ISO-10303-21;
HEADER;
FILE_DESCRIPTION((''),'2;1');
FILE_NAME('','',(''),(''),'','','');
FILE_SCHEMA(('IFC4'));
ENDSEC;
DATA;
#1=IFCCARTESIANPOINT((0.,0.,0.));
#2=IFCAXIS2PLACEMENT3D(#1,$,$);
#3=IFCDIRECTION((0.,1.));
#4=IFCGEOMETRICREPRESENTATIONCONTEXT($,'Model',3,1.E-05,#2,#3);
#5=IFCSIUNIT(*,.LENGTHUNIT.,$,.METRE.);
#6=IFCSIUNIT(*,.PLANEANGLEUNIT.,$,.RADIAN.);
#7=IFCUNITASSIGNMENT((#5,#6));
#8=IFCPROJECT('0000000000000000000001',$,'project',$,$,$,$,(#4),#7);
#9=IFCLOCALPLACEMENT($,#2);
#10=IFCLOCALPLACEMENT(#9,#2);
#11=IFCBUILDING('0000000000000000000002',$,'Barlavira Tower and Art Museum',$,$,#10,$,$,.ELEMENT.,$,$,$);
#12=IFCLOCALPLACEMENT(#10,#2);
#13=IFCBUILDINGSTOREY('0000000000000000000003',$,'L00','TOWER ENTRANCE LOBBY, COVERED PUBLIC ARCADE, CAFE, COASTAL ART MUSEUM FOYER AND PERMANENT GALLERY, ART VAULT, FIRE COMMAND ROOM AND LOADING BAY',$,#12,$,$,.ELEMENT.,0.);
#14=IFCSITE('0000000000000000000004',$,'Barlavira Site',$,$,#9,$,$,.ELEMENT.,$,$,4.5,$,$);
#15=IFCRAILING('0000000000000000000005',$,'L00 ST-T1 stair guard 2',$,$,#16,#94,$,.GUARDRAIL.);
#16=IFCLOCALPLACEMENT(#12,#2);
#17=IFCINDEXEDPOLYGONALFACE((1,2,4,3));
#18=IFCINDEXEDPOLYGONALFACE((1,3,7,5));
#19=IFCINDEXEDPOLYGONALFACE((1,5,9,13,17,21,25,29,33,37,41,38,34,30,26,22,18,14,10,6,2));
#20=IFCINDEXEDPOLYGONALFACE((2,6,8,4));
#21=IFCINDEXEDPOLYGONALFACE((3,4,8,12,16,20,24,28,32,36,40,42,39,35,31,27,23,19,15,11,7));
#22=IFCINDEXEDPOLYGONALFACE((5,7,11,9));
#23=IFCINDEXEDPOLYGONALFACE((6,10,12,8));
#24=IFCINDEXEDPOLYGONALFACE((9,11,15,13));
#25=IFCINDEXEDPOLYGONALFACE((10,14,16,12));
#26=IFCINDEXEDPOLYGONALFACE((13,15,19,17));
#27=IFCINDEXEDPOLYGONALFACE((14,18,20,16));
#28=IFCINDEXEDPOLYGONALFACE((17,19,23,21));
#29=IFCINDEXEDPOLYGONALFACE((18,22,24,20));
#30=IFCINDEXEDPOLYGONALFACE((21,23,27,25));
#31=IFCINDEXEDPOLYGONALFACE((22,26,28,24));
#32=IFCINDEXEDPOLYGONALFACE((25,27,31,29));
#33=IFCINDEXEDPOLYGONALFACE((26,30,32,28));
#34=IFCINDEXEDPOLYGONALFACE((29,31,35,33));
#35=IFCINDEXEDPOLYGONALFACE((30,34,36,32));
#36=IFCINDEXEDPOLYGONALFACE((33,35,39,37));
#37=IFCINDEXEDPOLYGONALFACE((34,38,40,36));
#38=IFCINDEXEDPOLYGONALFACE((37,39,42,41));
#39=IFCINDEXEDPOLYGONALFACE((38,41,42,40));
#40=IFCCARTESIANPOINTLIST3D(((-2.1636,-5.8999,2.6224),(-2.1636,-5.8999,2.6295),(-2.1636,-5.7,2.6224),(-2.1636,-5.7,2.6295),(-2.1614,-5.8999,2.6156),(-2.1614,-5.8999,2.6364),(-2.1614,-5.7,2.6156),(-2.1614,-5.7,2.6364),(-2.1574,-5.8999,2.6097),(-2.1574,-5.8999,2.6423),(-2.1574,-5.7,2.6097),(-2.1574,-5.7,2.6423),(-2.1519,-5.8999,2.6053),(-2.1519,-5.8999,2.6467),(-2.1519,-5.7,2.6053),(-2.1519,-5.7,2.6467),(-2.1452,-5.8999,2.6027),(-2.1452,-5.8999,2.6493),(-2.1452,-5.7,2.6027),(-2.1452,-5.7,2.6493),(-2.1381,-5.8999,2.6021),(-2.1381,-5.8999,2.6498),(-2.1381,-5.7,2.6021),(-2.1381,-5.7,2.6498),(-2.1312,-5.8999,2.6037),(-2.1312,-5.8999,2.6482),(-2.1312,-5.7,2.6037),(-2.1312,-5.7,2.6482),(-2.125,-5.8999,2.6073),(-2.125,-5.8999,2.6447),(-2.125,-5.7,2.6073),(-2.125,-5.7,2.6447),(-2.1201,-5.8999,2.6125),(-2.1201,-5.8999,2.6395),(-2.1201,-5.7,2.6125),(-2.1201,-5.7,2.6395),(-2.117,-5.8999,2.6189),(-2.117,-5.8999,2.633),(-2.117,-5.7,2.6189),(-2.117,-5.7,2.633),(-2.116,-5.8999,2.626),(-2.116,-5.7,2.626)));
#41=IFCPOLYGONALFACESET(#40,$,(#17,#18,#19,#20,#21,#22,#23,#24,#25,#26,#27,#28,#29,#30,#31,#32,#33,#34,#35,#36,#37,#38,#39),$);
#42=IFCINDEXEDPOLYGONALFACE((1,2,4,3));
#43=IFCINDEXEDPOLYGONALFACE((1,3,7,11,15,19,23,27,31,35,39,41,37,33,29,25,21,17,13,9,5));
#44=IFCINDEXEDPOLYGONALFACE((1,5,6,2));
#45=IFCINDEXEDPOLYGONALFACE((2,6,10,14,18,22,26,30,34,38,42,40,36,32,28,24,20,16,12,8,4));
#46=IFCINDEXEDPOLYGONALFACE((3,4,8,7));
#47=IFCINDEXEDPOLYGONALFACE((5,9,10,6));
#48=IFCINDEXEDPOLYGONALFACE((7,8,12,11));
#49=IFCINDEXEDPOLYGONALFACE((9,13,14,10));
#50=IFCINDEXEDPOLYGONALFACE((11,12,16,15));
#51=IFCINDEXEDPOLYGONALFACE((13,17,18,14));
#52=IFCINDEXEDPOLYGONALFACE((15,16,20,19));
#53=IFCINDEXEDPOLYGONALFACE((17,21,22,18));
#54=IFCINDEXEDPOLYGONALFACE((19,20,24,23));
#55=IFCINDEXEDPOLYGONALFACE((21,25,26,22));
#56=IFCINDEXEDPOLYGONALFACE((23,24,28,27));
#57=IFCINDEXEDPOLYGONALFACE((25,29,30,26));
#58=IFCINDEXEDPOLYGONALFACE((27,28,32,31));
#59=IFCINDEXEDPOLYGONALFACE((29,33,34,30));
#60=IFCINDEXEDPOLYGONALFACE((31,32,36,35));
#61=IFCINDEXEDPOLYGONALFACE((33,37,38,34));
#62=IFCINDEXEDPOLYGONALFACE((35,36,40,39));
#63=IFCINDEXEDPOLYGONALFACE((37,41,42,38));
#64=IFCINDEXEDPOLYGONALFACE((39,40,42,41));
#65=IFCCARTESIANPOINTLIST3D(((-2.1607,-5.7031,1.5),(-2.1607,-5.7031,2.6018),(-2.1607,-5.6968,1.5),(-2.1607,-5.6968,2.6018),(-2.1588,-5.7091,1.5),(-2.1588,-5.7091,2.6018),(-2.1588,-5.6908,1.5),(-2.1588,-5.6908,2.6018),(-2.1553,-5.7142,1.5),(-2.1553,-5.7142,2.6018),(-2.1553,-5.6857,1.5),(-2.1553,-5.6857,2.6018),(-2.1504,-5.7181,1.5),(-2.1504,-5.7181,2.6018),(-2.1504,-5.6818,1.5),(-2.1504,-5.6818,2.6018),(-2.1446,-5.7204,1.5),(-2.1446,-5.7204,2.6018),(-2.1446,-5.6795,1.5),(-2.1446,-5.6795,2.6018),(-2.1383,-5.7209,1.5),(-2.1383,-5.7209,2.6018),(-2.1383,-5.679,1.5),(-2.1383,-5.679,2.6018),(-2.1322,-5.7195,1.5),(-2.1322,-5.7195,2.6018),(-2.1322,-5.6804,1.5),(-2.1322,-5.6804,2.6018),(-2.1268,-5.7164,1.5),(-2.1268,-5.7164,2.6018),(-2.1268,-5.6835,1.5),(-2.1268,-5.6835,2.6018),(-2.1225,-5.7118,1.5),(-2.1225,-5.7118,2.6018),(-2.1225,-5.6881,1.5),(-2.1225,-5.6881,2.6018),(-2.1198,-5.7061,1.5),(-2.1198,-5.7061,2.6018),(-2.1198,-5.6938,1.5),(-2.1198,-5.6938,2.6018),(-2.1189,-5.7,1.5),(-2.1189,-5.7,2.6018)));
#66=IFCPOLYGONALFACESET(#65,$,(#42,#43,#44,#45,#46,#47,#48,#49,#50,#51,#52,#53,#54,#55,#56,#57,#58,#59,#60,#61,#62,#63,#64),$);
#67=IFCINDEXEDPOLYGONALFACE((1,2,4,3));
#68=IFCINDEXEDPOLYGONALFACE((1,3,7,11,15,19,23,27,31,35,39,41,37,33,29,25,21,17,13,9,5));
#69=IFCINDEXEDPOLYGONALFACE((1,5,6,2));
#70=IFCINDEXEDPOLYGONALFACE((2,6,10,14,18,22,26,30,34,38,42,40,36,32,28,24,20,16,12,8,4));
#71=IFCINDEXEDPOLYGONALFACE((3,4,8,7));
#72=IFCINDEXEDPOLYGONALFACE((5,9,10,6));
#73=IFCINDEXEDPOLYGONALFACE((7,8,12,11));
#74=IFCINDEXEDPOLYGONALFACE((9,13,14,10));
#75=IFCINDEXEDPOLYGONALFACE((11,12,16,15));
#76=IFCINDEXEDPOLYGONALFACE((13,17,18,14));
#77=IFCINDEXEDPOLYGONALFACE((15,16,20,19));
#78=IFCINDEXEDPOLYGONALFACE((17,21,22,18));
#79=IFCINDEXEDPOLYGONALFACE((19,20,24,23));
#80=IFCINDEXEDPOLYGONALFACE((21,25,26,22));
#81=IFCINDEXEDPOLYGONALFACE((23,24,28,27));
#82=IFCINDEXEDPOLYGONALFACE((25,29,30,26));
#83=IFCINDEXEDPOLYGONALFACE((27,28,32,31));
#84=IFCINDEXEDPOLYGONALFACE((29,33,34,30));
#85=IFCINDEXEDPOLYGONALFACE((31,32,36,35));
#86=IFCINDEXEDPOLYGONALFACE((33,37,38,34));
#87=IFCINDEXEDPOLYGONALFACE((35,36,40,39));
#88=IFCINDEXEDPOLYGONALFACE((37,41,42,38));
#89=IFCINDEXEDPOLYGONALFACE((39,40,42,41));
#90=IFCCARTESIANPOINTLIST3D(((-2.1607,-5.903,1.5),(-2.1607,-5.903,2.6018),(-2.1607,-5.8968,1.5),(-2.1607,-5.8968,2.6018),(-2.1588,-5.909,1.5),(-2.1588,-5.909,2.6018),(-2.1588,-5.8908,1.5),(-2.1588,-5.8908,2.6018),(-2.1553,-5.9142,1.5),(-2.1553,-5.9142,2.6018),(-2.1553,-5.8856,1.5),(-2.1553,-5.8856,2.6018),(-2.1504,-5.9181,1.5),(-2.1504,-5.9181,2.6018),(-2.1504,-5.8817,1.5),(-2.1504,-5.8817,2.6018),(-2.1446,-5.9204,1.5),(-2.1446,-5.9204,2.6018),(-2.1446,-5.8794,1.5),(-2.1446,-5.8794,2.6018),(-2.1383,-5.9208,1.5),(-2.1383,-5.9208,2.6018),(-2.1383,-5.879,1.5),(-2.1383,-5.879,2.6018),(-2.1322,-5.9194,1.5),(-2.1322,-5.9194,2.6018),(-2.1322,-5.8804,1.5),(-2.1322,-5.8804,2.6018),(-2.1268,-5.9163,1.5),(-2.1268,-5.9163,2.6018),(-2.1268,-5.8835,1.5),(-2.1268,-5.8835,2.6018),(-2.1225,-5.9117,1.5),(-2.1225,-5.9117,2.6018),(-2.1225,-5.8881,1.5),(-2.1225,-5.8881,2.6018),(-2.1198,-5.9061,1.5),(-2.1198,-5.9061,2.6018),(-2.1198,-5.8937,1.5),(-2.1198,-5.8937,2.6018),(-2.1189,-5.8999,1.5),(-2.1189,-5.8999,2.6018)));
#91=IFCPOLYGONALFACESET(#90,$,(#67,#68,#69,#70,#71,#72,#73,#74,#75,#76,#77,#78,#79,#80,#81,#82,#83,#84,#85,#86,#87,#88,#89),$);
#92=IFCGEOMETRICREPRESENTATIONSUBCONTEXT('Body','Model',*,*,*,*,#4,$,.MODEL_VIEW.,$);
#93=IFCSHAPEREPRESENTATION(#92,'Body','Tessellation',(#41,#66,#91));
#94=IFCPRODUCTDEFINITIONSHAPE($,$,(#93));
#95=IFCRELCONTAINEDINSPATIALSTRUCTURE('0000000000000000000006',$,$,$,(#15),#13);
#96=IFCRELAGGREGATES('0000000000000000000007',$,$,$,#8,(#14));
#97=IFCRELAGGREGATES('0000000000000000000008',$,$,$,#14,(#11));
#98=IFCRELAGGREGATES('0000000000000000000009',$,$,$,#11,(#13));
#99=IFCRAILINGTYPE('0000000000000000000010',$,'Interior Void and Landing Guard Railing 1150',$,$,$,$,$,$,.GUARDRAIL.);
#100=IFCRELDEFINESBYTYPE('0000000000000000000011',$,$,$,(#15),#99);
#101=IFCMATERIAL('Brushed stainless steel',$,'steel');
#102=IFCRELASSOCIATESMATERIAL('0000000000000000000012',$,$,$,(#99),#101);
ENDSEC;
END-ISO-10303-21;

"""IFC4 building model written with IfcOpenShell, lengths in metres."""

from ifc_helpers import new_model, si_unit, direction, frame, origin, origin_2d, place, context, subcontext, project, spatial, circle, extrude, material, type_object, element, save


model = new_model("IFC4")

# Units and contexts
model_context = context("Model", 3, precision=1e-05, world=origin(), true_north=direction((0.0, 1.0)))
body_context = subcontext(model_context, "Body", "Model", "MODEL_VIEW")
ifc_project = project(units=[si_unit("LENGTHUNIT", "METRE"), si_unit("PLANEANGLEUNIT", "RADIAN")], contexts=[model_context])

# Site, building, storey
site_placement = place(None, origin())
site = spatial("IfcSite", under=ifc_project, at=site_placement, Name="Barlavira Site", CompositionType="ELEMENT", RefElevation=4.5)
building_placement = place(site_placement, origin())
building = spatial("IfcBuilding", under=site, at=building_placement, Name="Barlavira Tower and Art Museum", CompositionType="ELEMENT")
storey_placement = place(building_placement, origin())
storey = spatial("IfcBuildingStorey", under=building, at=storey_placement, Name="L00", Description="TOWER ENTRANCE LOBBY, COVERED PUBLIC ARCADE, CAFE, COASTAL ART MUSEUM FOYER AND PERMANENT GALLERY, ART VAULT, FIRE COMMAND ROOM AND LOADING BAY", CompositionType="ELEMENT", Elevation=0.0)

# Shared definitions
ifc_material_1 = material(Name="Brushed stainless steel", Category="steel")

# Railing
railing_type_1 = type_object("IfcRailingType", Name="Interior Void and Landing Guard Railing 1150", PredefinedType="GUARDRAIL", material=ifc_material_1)
railing_1_placement = place(storey_placement, frame((-2.1399, -5.7, 1.5)))
element("IfcRailing", 1, at=railing_1_placement, inside=storey, type_object=railing_type_1, Name="L00 ST-T1 stair guard 2", PredefinedType="GUARDRAIL", context=body_context, shape_type="SweptSolid", body=[
    extrude(circle(Radius=0.0239, at=origin_2d()), frame((0.0, 0.0, 1.126), z_axis=(0.0, -1.0, 0.0), x_axis=(1.0, 0.0, 0.0)), (0.0, 0.0, 1.0), 0.2),
    extrude(circle(Radius=0.021, at=origin_2d()), origin(), (0.0, 0.0, 1.0), 1.1018),
    extrude(circle(Radius=0.021, at=origin_2d()), frame((0.0, -0.2, 0.0)), (0.0, 0.0, 1.0), 1.1018),
])

save(model, "model.ifc")
